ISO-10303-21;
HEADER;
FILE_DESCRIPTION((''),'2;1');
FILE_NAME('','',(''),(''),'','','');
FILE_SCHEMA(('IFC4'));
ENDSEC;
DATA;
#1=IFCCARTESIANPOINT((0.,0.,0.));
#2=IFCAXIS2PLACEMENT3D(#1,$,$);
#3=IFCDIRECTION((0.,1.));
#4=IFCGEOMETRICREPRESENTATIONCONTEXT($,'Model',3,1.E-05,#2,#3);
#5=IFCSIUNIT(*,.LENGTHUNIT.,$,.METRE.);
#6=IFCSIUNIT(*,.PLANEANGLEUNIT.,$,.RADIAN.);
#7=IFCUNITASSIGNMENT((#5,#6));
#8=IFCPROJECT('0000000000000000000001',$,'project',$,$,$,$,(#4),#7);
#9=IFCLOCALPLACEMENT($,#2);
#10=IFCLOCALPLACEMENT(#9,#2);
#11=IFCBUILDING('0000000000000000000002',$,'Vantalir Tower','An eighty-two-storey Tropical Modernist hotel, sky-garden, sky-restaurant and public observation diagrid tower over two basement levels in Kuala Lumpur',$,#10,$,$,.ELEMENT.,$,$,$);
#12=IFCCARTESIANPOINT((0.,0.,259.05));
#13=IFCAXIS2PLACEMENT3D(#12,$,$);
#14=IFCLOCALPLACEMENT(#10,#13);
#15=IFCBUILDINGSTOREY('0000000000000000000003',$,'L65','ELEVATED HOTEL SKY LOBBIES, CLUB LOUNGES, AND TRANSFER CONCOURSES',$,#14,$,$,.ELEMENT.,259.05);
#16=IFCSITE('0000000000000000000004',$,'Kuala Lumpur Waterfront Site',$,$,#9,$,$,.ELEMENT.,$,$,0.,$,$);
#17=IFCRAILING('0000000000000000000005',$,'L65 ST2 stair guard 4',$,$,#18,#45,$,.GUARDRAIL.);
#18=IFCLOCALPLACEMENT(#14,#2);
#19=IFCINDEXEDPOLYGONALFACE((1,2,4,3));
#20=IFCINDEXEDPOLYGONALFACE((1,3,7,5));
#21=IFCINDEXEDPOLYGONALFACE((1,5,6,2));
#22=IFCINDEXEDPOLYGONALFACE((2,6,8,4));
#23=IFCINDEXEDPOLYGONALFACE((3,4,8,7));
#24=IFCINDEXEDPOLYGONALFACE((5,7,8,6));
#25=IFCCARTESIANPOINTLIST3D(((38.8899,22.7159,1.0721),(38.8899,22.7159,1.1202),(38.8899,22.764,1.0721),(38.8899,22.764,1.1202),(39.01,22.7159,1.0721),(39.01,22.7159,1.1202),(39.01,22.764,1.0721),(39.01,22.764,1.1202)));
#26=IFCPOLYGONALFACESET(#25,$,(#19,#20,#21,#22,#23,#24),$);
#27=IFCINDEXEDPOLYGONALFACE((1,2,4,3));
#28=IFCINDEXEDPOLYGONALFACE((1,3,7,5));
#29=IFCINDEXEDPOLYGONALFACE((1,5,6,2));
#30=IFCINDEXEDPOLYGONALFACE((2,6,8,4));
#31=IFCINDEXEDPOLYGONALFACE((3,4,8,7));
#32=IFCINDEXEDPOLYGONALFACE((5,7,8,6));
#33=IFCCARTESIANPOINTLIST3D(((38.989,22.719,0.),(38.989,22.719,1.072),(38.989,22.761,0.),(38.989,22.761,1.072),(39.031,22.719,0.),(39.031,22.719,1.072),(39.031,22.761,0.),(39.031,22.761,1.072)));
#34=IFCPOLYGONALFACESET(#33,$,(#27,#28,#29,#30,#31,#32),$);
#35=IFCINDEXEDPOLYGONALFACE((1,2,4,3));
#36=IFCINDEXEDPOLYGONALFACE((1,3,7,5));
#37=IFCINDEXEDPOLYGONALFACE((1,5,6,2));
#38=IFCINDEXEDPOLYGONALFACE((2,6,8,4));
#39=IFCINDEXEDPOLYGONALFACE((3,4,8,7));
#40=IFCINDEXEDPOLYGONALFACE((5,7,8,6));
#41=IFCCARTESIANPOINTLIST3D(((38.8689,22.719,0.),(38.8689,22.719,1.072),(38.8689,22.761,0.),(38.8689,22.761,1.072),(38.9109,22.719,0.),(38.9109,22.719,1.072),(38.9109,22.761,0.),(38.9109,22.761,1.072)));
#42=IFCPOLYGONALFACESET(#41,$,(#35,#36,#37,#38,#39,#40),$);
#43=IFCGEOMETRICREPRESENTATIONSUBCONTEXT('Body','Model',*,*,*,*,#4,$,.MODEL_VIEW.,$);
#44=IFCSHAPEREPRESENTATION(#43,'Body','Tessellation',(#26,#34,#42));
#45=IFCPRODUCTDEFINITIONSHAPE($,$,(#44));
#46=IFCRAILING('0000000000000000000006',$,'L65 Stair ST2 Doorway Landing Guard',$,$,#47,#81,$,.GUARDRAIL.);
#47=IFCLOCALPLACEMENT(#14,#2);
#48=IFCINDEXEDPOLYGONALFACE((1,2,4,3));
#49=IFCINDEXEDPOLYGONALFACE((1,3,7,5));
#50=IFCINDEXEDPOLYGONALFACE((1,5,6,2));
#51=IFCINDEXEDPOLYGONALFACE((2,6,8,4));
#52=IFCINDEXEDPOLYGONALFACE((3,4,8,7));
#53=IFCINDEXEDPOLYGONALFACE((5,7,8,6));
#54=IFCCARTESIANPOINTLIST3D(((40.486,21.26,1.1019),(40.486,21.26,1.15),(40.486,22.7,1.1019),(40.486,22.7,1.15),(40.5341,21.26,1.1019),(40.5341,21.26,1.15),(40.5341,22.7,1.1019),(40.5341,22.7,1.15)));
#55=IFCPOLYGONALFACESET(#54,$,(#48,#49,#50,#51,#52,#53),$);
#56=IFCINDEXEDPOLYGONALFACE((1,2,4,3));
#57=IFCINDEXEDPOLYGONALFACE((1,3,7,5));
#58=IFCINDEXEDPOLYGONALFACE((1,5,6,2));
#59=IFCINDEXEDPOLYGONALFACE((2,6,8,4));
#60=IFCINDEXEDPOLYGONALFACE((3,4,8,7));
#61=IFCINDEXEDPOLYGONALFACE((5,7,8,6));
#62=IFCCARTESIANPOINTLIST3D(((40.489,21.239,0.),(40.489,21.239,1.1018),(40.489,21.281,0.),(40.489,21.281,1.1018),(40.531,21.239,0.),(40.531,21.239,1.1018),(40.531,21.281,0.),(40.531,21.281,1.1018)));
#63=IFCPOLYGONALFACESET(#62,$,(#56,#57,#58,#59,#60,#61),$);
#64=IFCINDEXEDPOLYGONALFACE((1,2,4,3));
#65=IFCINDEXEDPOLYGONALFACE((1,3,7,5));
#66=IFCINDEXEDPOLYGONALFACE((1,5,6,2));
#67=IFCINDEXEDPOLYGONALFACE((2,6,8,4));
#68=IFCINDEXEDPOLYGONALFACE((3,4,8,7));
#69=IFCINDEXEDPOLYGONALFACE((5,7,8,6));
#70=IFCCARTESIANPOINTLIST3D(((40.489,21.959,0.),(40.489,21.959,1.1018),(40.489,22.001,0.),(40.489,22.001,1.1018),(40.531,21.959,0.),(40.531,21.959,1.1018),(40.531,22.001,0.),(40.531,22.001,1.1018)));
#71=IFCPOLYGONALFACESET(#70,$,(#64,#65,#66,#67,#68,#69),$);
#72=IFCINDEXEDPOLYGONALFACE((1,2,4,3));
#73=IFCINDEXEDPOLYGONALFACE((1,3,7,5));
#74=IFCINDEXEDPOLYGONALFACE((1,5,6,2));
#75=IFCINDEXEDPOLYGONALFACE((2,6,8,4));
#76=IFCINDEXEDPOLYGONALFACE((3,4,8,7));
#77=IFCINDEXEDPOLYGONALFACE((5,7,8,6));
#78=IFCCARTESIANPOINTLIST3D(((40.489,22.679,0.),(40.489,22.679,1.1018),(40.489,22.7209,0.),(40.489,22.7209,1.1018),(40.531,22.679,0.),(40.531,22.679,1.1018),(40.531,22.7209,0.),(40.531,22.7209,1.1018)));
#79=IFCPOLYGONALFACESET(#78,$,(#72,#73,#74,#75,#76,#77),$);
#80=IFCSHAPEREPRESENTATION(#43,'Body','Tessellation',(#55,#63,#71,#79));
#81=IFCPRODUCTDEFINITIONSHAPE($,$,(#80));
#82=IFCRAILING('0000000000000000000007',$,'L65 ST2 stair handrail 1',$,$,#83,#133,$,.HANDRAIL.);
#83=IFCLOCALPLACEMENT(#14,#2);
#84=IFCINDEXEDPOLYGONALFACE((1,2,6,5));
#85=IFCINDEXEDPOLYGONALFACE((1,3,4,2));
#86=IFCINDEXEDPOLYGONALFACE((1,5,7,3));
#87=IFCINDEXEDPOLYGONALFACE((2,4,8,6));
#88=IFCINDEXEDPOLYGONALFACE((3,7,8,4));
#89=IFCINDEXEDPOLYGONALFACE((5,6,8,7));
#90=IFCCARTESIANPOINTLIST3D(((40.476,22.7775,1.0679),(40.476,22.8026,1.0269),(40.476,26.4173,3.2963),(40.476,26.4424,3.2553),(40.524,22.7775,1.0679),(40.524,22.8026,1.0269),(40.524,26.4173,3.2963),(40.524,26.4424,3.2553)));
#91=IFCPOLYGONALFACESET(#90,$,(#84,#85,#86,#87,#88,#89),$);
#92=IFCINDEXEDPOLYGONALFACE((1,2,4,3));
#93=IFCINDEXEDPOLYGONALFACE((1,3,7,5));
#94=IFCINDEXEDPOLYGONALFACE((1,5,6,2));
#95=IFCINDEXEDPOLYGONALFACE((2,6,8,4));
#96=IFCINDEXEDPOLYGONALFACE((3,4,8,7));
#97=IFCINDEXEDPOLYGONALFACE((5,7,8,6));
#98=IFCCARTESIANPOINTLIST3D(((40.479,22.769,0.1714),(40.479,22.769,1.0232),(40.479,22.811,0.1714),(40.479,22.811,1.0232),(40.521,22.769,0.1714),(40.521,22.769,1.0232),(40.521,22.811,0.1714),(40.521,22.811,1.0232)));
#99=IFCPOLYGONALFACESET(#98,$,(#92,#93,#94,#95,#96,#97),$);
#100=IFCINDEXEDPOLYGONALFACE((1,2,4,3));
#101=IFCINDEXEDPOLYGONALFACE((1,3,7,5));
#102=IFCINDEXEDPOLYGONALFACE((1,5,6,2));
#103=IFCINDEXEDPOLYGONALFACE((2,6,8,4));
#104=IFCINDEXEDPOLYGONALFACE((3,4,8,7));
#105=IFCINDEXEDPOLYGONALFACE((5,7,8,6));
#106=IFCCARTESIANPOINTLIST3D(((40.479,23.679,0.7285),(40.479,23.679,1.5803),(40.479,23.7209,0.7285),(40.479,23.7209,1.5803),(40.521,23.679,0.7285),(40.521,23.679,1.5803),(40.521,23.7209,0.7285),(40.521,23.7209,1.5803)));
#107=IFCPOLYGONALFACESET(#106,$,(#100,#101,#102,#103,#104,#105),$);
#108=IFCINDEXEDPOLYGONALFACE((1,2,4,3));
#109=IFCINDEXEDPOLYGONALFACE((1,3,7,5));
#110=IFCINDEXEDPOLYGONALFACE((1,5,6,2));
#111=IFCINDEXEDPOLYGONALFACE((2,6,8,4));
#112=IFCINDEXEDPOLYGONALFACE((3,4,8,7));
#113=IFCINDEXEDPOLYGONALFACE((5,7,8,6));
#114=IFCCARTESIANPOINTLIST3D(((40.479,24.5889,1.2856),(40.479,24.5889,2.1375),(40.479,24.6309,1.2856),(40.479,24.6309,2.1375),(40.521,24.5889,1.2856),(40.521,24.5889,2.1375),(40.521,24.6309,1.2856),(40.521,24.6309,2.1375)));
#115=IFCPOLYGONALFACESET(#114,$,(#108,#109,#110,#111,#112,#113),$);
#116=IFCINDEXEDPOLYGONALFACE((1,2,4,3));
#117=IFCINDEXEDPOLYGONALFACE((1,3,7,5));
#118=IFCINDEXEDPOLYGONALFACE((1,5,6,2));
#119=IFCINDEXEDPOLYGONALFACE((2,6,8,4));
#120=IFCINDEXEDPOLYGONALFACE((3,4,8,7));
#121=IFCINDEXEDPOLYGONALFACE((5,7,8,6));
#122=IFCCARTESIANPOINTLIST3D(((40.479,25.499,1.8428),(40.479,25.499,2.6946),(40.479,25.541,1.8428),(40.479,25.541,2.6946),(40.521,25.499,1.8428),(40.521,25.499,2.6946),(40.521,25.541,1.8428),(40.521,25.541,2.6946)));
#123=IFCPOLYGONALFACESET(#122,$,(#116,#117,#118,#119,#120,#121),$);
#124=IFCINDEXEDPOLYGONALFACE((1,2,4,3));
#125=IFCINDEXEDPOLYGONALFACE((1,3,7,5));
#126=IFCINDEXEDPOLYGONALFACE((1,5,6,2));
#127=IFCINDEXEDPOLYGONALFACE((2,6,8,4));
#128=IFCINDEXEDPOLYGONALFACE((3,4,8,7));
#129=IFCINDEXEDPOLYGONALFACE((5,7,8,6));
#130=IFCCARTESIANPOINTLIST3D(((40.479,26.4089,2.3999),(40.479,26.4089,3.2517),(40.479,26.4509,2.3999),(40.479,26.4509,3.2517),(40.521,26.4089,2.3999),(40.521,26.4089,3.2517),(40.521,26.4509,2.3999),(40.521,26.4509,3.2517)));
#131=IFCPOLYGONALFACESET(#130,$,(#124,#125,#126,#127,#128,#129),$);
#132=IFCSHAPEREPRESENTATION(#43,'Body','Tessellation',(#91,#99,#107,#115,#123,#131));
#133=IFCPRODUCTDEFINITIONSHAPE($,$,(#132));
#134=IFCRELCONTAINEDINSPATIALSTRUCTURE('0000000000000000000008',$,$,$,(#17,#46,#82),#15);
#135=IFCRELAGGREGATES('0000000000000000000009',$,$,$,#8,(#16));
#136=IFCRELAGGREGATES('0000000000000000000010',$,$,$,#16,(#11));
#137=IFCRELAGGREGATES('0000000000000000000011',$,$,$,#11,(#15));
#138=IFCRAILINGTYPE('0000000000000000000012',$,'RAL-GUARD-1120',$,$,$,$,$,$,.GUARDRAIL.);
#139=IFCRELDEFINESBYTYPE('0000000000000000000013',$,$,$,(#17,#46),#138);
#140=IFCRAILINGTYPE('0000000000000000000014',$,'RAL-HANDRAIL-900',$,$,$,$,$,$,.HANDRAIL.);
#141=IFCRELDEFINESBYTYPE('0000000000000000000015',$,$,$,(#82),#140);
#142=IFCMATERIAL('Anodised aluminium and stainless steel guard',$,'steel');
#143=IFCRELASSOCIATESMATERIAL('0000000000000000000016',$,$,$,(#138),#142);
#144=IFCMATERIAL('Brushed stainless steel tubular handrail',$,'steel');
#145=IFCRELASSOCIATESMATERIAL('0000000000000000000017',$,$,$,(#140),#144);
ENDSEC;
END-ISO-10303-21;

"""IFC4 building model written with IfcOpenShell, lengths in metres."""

from ifc_helpers import new_model, si_unit, direction, frame, origin, origin_2d, place, context, subcontext, project, spatial, rectangle, extrude, material, type_object, element, save


model = new_model("IFC4")

# Units and contexts
model_context = context("Model", 3, precision=1e-05, world=origin(), true_north=direction((0.0, 1.0)))
body_context = subcontext(model_context, "Body", "Model", "MODEL_VIEW")
ifc_project = project(units=[si_unit("LENGTHUNIT", "METRE"), si_unit("PLANEANGLEUNIT", "RADIAN")], contexts=[model_context])

# Site, building, storey
site_placement = place(None, origin())
site = spatial("IfcSite", under=ifc_project, at=site_placement, Name="Kuala Lumpur Waterfront Site", CompositionType="ELEMENT", RefElevation=0.0)
building_placement = place(site_placement, origin())
building = spatial("IfcBuilding", under=site, at=building_placement, Name="Vantalir Tower", Description="An eighty-two-storey Tropical Modernist hotel, sky-garden, sky-restaurant and public observation diagrid tower over two basement levels in Kuala Lumpur", CompositionType="ELEMENT")
storey_placement = place(building_placement, frame((0.0, 0.0, 259.05)))
storey = spatial("IfcBuildingStorey", under=building, at=storey_placement, Name="L65", Description="ELEVATED HOTEL SKY LOBBIES, CLUB LOUNGES, AND TRANSFER CONCOURSES", CompositionType="ELEMENT", Elevation=259.05)

# Railings
ifc_material_1 = material(Name="Anodised aluminium and stainless steel guard", Category="steel")
railing_type_1 = type_object("IfcRailingType", Name="RAL-GUARD-1120", PredefinedType="GUARDRAIL", material=ifc_material_1)
railing_1_placement = place(storey_placement, frame((39.01, 22.74, 0.0)))
element("IfcRailing", 1, at=railing_1_placement, inside=storey, type_object=railing_type_1, Name="L65 ST2 stair guard 4", PredefinedType="GUARDRAIL", context=body_context, shape_type="SweptSolid", body=[
    extrude(rectangle(XDim=0.0481, YDim=0.0481, at=origin_2d()), frame((0.0, 0.0, 1.0962), z_axis=(-1.0, 0.0, 0.0), x_axis=(0.0, -1.0, 0.0)), (0.0, 0.0, 1.0), 0.1201),
    extrude(rectangle(XDim=0.042, YDim=0.042, at=origin_2d()), origin(), (0.0, 0.0, 1.0), 1.072),
    extrude(rectangle(XDim=0.042, YDim=0.042, at=origin_2d()), frame((-0.1201, 0.0, 0.0)), (0.0, 0.0, 1.0), 1.072),
])
railing_2_placement = place(storey_placement, frame((40.51, 21.26, 0.0)))
element("IfcRailing", 2, at=railing_2_placement, inside=storey, type_object=railing_type_1, Name="L65 Stair ST2 Doorway Landing Guard", PredefinedType="GUARDRAIL", context=body_context, shape_type="SweptSolid", body=[
    extrude(rectangle(XDim=0.0481, YDim=0.0481, at=origin_2d()), frame((0.0, 0.0, 1.126), z_axis=(0.0, 1.0, 0.0), x_axis=(-1.0, 0.0, 0.0)), (0.0, 0.0, 1.0), 1.4399),
    extrude(rectangle(XDim=0.042, YDim=0.042, at=origin_2d()), origin(), (0.0, 0.0, 1.0), 1.1018),
    extrude(rectangle(XDim=0.042, YDim=0.042, at=origin_2d()), frame((0.0, 0.72, 0.0)), (0.0, 0.0, 1.0), 1.1018),
    extrude(rectangle(XDim=0.042, YDim=0.042, at=origin_2d()), frame((0.0, 1.4399, 0.0)), (0.0, 0.0, 1.0), 1.1018),
])
ifc_material_2 = material(Name="Brushed stainless steel tubular handrail", Category="steel")
railing_type_2 = type_object("IfcRailingType", Name="RAL-HANDRAIL-900", PredefinedType="HANDRAIL", material=ifc_material_2)
railing_3_placement = place(storey_placement, frame((40.5, 22.79, 0.1714)))
element("IfcRailing", 3, at=railing_3_placement, inside=storey, type_object=railing_type_2, Name="L65 ST2 stair handrail 1", PredefinedType="HANDRAIL", context=body_context, shape_type="SweptSolid", body=[
    extrude(rectangle(XDim=0.0481, YDim=0.0481, at=origin_2d()), frame((0.0, 0.0, 0.876), z_axis=(0.0, 0.85285, 0.522156), x_axis=(-1.0, 0.0, 0.0)), (0.0, 0.0, 1.0), 4.2678),
    extrude(rectangle(XDim=0.042, YDim=0.042, at=origin_2d()), origin(), (0.0, 0.0, 1.0), 0.8518),
    extrude(rectangle(XDim=0.042, YDim=0.042, at=origin_2d()), frame((0.0, 0.9099, 0.5571)), (0.0, 0.0, 1.0), 0.8518),
    extrude(rectangle(XDim=0.042, YDim=0.042, at=origin_2d()), frame((0.0, 1.8198, 1.1143)), (0.0, 0.0, 1.0), 0.8518),
    extrude(rectangle(XDim=0.042, YDim=0.042, at=origin_2d()), frame((0.0, 2.73, 1.6714)), (0.0, 0.0, 1.0), 0.8518),
    extrude(rectangle(XDim=0.042, YDim=0.042, at=origin_2d()), frame((0.0, 3.6399, 2.2285)), (0.0, 0.0, 1.0), 0.8518),
])

save(model, "model.ifc")
